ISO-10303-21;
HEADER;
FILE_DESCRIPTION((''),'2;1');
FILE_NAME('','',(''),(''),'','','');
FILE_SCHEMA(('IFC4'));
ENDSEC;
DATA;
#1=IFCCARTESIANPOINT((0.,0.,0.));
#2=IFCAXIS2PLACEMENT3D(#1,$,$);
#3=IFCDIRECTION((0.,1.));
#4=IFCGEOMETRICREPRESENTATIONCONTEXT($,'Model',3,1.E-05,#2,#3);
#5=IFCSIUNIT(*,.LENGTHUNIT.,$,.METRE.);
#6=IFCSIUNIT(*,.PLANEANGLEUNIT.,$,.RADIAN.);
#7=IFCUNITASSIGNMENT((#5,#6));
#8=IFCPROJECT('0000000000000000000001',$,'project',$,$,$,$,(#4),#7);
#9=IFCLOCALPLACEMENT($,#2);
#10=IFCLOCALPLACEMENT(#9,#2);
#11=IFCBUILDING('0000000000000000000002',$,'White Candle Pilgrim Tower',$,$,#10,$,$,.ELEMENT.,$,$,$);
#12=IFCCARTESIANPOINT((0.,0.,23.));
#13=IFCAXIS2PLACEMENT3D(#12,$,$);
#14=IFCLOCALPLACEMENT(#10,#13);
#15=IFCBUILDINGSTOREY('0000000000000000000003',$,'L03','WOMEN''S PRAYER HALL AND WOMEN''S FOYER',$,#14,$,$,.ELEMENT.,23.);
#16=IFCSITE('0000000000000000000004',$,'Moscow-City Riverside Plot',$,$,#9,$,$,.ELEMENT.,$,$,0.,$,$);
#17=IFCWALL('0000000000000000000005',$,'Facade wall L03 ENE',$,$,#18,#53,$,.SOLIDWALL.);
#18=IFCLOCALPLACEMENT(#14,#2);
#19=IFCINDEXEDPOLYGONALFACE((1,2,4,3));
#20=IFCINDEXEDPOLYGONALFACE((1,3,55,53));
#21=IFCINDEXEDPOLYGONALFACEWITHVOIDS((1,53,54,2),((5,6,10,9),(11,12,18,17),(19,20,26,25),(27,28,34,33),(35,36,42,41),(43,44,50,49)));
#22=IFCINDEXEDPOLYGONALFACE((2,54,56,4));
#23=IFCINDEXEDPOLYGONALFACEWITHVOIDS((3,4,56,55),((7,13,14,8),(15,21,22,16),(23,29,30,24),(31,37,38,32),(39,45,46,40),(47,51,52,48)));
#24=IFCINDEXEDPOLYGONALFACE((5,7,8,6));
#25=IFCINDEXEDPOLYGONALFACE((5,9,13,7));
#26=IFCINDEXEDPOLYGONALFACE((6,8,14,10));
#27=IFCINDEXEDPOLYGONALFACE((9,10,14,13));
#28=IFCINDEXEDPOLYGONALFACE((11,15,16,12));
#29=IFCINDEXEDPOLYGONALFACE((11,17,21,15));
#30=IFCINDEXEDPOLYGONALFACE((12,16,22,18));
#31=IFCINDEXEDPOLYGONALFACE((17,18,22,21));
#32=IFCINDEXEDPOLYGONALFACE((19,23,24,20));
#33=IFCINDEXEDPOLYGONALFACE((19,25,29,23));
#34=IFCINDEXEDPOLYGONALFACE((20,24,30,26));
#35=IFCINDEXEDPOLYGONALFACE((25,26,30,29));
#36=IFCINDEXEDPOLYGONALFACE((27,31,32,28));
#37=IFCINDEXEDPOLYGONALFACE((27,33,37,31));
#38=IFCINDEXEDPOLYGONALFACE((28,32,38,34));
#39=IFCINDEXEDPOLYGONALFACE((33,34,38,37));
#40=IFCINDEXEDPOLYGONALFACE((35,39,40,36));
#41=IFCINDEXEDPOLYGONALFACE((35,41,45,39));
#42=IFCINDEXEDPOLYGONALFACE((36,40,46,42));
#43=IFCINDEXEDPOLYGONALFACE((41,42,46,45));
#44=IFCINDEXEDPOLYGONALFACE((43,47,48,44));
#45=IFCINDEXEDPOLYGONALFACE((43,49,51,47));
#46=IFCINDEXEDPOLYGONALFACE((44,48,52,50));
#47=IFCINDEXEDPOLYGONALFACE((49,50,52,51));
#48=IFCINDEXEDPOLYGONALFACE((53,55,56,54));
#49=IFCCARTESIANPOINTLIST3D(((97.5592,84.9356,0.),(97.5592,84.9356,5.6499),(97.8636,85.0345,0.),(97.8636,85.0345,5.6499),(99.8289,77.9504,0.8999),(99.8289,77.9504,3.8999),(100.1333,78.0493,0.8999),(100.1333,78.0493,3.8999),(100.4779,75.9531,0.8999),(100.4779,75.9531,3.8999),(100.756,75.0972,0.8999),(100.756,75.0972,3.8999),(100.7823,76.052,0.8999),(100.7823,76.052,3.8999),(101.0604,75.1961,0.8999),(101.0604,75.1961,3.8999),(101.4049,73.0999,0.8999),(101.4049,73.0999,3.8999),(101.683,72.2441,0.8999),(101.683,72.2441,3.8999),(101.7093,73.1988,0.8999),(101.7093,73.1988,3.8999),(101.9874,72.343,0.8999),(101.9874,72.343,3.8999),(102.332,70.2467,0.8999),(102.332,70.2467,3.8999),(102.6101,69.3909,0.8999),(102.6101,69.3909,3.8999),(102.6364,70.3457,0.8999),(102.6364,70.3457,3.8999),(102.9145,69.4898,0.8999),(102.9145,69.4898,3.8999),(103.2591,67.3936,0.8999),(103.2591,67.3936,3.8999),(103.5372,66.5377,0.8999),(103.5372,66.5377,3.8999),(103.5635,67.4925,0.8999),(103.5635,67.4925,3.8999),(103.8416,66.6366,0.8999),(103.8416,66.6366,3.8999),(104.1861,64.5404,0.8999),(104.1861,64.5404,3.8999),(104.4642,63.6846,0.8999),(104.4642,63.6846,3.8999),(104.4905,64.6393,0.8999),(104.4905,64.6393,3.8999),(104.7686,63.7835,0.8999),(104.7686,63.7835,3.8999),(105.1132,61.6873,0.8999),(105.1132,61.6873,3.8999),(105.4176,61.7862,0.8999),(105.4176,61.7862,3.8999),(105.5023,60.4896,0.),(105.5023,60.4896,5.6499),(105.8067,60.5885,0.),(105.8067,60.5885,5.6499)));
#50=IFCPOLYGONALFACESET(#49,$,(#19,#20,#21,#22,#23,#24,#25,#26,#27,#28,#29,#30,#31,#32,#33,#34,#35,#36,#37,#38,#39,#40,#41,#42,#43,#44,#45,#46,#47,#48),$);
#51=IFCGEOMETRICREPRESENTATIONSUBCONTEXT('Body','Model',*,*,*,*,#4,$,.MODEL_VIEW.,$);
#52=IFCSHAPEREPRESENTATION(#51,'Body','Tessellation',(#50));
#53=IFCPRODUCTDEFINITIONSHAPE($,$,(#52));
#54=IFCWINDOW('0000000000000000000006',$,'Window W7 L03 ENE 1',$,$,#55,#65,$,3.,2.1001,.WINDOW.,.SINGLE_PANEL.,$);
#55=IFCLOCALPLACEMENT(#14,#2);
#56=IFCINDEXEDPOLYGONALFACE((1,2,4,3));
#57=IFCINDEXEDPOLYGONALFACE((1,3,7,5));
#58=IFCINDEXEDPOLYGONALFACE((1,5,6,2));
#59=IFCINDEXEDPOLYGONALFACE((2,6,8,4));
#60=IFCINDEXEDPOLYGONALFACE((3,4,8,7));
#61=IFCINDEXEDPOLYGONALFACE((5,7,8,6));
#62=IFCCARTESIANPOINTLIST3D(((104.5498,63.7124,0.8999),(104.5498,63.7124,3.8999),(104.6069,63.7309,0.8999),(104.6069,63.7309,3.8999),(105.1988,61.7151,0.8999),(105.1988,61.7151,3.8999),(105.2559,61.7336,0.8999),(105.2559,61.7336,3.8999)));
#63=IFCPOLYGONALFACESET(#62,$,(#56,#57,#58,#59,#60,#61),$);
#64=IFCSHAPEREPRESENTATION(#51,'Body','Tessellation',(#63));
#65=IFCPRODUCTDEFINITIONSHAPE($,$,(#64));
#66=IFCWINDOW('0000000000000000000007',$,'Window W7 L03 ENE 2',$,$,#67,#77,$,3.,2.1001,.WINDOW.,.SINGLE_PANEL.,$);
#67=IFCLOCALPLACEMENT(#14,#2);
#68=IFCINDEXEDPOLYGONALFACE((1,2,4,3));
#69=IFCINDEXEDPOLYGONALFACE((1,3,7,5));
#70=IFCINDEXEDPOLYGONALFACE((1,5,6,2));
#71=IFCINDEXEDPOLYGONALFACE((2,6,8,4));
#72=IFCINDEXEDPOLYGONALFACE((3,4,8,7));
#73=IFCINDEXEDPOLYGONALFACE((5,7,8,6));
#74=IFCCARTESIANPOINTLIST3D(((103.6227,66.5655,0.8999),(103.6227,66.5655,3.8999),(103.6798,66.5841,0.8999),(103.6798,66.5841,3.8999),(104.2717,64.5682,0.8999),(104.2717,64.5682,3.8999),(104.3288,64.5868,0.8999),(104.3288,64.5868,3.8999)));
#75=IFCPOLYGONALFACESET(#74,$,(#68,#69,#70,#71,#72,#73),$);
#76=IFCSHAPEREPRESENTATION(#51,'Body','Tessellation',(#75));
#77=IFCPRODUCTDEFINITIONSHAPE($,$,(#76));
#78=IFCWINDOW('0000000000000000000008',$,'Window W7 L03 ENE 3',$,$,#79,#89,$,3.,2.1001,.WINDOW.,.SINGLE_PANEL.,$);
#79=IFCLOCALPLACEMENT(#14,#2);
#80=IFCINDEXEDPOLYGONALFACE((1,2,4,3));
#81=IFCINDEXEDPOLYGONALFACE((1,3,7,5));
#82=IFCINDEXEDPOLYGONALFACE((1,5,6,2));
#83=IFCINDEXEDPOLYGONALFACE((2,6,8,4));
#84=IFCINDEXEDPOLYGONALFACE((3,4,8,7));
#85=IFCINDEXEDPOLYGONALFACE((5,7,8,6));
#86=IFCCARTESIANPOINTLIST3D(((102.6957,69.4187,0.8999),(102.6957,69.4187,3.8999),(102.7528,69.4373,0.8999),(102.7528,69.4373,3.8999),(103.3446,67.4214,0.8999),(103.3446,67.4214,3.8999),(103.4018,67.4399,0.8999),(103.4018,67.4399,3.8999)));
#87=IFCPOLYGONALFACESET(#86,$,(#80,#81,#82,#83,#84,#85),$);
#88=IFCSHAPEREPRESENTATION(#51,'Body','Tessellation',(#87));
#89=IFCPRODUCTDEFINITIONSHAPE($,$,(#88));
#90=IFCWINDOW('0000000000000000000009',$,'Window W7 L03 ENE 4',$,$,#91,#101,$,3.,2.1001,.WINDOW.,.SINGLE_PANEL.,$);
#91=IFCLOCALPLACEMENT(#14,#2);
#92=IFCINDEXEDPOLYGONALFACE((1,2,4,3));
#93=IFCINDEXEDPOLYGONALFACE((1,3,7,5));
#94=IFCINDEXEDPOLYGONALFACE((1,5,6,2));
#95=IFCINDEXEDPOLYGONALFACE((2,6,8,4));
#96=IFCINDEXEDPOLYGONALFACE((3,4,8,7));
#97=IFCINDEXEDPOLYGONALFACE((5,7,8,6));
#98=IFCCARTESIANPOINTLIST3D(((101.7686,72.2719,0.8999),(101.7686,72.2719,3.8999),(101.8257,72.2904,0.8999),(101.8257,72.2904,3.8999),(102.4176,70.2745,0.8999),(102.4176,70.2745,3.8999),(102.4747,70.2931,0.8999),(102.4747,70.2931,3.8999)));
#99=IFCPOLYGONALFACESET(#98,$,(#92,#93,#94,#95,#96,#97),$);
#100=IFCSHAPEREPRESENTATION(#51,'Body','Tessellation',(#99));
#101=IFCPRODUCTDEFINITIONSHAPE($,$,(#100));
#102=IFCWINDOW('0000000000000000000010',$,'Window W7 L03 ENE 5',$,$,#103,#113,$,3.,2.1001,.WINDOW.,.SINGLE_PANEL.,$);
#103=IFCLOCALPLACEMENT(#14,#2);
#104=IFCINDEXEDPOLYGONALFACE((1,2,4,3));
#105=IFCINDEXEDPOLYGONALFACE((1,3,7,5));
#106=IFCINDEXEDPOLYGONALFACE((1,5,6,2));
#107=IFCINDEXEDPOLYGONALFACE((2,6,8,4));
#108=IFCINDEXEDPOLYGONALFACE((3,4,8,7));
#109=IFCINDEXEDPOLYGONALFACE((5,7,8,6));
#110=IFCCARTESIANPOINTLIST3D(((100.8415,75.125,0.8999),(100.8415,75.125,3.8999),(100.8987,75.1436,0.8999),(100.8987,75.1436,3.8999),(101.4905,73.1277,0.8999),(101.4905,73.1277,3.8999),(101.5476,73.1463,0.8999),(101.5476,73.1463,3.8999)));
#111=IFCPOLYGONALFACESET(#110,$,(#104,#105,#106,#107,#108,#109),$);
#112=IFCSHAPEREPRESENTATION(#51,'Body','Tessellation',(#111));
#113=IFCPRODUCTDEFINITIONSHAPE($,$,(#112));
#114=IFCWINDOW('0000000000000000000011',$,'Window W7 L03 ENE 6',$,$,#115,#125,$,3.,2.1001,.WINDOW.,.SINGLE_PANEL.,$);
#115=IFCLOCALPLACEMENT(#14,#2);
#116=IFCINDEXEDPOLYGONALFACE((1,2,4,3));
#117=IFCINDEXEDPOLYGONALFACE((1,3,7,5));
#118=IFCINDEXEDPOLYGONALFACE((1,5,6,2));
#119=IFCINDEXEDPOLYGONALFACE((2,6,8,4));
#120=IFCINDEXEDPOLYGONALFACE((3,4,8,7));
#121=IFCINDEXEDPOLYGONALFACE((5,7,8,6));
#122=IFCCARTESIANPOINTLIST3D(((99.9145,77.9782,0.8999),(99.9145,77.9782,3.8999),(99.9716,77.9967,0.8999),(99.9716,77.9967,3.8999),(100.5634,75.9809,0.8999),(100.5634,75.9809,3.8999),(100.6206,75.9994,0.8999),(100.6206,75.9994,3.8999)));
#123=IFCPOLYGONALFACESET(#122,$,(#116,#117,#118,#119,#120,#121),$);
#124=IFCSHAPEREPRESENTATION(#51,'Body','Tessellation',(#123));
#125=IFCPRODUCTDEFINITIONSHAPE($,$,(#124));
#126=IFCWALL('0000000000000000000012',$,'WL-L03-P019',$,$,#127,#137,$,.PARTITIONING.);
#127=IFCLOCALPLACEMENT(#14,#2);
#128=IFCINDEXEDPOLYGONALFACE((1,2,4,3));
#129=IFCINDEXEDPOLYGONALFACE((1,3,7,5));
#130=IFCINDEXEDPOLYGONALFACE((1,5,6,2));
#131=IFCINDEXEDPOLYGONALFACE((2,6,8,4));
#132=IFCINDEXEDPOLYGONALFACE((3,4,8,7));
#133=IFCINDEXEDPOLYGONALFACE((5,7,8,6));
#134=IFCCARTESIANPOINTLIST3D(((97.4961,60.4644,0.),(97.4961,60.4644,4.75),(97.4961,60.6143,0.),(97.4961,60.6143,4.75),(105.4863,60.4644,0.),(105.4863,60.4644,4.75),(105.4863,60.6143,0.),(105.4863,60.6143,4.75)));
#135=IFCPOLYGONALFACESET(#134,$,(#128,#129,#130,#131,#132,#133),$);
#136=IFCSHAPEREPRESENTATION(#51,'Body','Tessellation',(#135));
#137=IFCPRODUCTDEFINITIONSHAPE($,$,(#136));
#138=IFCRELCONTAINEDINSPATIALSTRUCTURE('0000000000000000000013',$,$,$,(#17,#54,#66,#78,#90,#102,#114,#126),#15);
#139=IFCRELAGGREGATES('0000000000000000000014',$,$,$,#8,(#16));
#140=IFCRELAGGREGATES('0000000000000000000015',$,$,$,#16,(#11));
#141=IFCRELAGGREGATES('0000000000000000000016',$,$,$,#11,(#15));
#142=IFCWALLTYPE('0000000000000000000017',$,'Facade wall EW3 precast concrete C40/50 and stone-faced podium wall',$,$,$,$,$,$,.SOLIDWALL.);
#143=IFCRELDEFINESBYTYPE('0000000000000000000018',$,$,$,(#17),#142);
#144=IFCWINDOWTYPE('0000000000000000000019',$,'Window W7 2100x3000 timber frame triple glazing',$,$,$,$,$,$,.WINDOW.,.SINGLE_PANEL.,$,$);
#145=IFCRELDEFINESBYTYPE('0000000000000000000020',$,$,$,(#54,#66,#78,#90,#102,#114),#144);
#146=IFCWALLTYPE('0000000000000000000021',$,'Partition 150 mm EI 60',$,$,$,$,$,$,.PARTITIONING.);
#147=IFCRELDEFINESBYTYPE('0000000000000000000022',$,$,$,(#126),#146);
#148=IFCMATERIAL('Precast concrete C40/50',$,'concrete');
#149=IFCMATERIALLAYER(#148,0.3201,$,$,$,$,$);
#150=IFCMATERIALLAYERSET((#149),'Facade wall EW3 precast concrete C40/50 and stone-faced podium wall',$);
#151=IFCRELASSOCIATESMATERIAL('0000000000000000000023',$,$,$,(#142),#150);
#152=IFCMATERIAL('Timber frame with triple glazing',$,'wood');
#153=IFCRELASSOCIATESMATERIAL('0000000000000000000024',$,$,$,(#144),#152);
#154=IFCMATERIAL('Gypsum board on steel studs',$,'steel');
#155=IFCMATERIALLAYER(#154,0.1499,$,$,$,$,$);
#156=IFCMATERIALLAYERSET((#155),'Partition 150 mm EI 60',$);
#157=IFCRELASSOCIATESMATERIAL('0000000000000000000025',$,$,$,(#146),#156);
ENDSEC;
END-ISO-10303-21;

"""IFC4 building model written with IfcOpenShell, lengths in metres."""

from ifc_helpers import new_model, si_unit, direction, frame, frame_2d, origin, place, context, subcontext, project, spatial, rectangle, extrude, material, layer, layer_set, type_object, element, fill, save


model = new_model("IFC4")

# Units and contexts
model_context = context("Model", 3, precision=1e-05, world=origin(), true_north=direction((0.0, 1.0)))
body_context = subcontext(model_context, "Body", "Model", "MODEL_VIEW")
ifc_project = project(units=[si_unit("LENGTHUNIT", "METRE"), si_unit("PLANEANGLEUNIT", "RADIAN")], contexts=[model_context])

# Site, building, storey
site_placement = place(None, origin())
site = spatial("IfcSite", under=ifc_project, at=site_placement, Name="Moscow-City Riverside Plot", CompositionType="ELEMENT", RefElevation=0.0)
building_placement = place(site_placement, origin())
building = spatial("IfcBuilding", under=site, at=building_placement, Name="White Candle Pilgrim Tower", CompositionType="ELEMENT")
storey_placement = place(building_placement, frame((0.0, 0.0, 23.0)))
storey = spatial("IfcBuildingStorey", under=building, at=storey_placement, Name="L03", Description="WOMEN'S PRAYER HALL AND WOMEN'S FOYER", CompositionType="ELEMENT", Elevation=23.0)

# Shared definitions
ifc_material_1 = material(Name="Precast concrete C40/50", Category="concrete")
ifc_layer_1 = layer(ifc_material_1, 0.3201)
ifc_layer_set_1 = layer_set([ifc_layer_1], Name="Facade wall EW3 precast concrete C40/50 and stone-faced podium wall")
wall_type_1 = type_object("IfcWallType", Name="Facade wall EW3 precast concrete C40/50 and stone-faced podium wall", PredefinedType="SOLIDWALL", material=ifc_layer_set_1)

# Wall, openings, windows
wall_1_placement = place(storey_placement, frame((105.6545, 60.5391, 0.0), z_axis=(0.0, 0.0, 1.0), x_axis=(-0.309021, 0.951055, 0.0)))
wall_1 = element("IfcWall", 1, at=wall_1_placement, inside=storey, type_object=wall_type_1, Name="Facade wall L03 ENE", PredefinedType="SOLIDWALL", context=body_context, shape_type="SweptSolid", body=[
    extrude(rectangle(XDim=25.7041, YDim=0.3201, at=frame_2d((12.8521, 0.0))), origin(), (0.0, 0.0, 1.0), 5.6499),
])
opening_1_placement = place(wall_1_placement, frame((1.2593, 0.0, 0.8999)))
opening_1 = element("IfcOpeningElement", 2, at=opening_1_placement, cuts=wall_1, PredefinedType="OPENING", context=body_context, shape_type="SweptSolid", body=[
    extrude(rectangle(XDim=2.1001, YDim=3.0, at=frame_2d((1.05, 1.5))), frame((0.0, 0.1699, 0.0), z_axis=(0.0, -1.0, 0.0), x_axis=(1.0, 0.0, 0.0)), (0.0, 0.0, 1.0), 0.3401),
])
opening_2_placement = place(wall_1_placement, frame((4.2593, 0.0, 0.8999)))
opening_2 = element("IfcOpeningElement", 3, at=opening_2_placement, cuts=wall_1, PredefinedType="OPENING", context=body_context, shape_type="SweptSolid", body=[
    extrude(rectangle(XDim=2.1001, YDim=3.0, at=frame_2d((1.05, 1.5))), frame((0.0, 0.1699, 0.0), z_axis=(0.0, -1.0, 0.0), x_axis=(1.0, 0.0, 0.0)), (0.0, 0.0, 1.0), 0.3401),
])
opening_3_placement = place(wall_1_placement, frame((7.2593, 0.0, 0.8999)))
opening_3 = element("IfcOpeningElement", 4, at=opening_3_placement, cuts=wall_1, PredefinedType="OPENING", context=body_context, shape_type="SweptSolid", body=[
    extrude(rectangle(XDim=2.1001, YDim=3.0, at=frame_2d((1.05, 1.5))), frame((0.0, 0.1699, 0.0), z_axis=(0.0, -1.0, 0.0), x_axis=(1.0, 0.0, 0.0)), (0.0, 0.0, 1.0), 0.3401),
])
opening_4_placement = place(wall_1_placement, frame((10.2593, 0.0, 0.8999)))
opening_4 = element("IfcOpeningElement", 5, at=opening_4_placement, cuts=wall_1, PredefinedType="OPENING", context=body_context, shape_type="SweptSolid", body=[
    extrude(rectangle(XDim=2.1001, YDim=3.0, at=frame_2d((1.05, 1.5))), frame((0.0, 0.1699, 0.0), z_axis=(0.0, -1.0, 0.0), x_axis=(1.0, 0.0, 0.0)), (0.0, 0.0, 1.0), 0.3401),
])
opening_5_placement = place(wall_1_placement, frame((13.2593, 0.0, 0.8999)))
opening_5 = element("IfcOpeningElement", 6, at=opening_5_placement, cuts=wall_1, PredefinedType="OPENING", context=body_context, shape_type="SweptSolid", body=[
    extrude(rectangle(XDim=2.1001, YDim=3.0, at=frame_2d((1.05, 1.5))), frame((0.0, 0.1699, 0.0), z_axis=(0.0, -1.0, 0.0), x_axis=(1.0, 0.0, 0.0)), (0.0, 0.0, 1.0), 0.3401),
])
opening_6_placement = place(wall_1_placement, frame((16.2593, 0.0, 0.8999)))
opening_6 = element("IfcOpeningElement", 7, at=opening_6_placement, cuts=wall_1, PredefinedType="OPENING", context=body_context, shape_type="SweptSolid", body=[
    extrude(rectangle(XDim=2.1001, YDim=3.0, at=frame_2d((1.05, 1.5))), frame((0.0, 0.1699, 0.0), z_axis=(0.0, -1.0, 0.0), x_axis=(1.0, 0.0, 0.0)), (0.0, 0.0, 1.0), 0.3401),
])
ifc_material_2 = material(Name="Timber frame with triple glazing", Category="wood")
window_type = type_object("IfcWindowType", Name="Window W7 2100x3000 timber frame triple glazing", PartitioningType="SINGLE_PANEL", PredefinedType="WINDOW", material=ifc_material_2)
window_1_placement = place(opening_1_placement, origin())
window_1 = element("IfcWindow", 8, at=window_1_placement, inside=storey, type_object=window_type, Name="Window W7 L03 ENE 1", OverallHeight=3.0, OverallWidth=2.1001, PartitioningType="SINGLE_PANEL", PredefinedType="WINDOW", context=body_context, shape_type="SweptSolid", body=[
    extrude(rectangle(XDim=2.1001, YDim=3.0, at=frame_2d((1.05, 1.5))), frame((0.0, 0.0701, 0.0), z_axis=(0.0, -1.0, 0.0), x_axis=(1.0, 0.0, 0.0)), (0.0, 0.0, 1.0), 0.0601),
])
fill(opening_1, window_1)
window_2_placement = place(opening_2_placement, origin())
window_2 = element("IfcWindow", 9, at=window_2_placement, inside=storey, type_object=window_type, Name="Window W7 L03 ENE 2", OverallHeight=3.0, OverallWidth=2.1001, PartitioningType="SINGLE_PANEL", PredefinedType="WINDOW", context=body_context, shape_type="SweptSolid", body=[
    extrude(rectangle(XDim=2.1001, YDim=3.0, at=frame_2d((1.05, 1.5))), frame((0.0, 0.0701, 0.0), z_axis=(0.0, -1.0, 0.0), x_axis=(1.0, 0.0, 0.0)), (0.0, 0.0, 1.0), 0.0601),
])
fill(opening_2, window_2)
window_3_placement = place(opening_3_placement, origin())
window_3 = element("IfcWindow", 10, at=window_3_placement, inside=storey, type_object=window_type, Name="Window W7 L03 ENE 3", OverallHeight=3.0, OverallWidth=2.1001, PartitioningType="SINGLE_PANEL", PredefinedType="WINDOW", context=body_context, shape_type="SweptSolid", body=[
    extrude(rectangle(XDim=2.1001, YDim=3.0, at=frame_2d((1.05, 1.5))), frame((0.0, 0.0701, 0.0), z_axis=(0.0, -1.0, 0.0), x_axis=(1.0, 0.0, 0.0)), (0.0, 0.0, 1.0), 0.0601),
])
fill(opening_3, window_3)
window_4_placement = place(opening_4_placement, origin())
window_4 = element("IfcWindow", 11, at=window_4_placement, inside=storey, type_object=window_type, Name="Window W7 L03 ENE 4", OverallHeight=3.0, OverallWidth=2.1001, PartitioningType="SINGLE_PANEL", PredefinedType="WINDOW", context=body_context, shape_type="SweptSolid", body=[
    extrude(rectangle(XDim=2.1001, YDim=3.0, at=frame_2d((1.05, 1.5))), frame((0.0, 0.0701, 0.0), z_axis=(0.0, -1.0, 0.0), x_axis=(1.0, 0.0, 0.0)), (0.0, 0.0, 1.0), 0.0601),
])
fill(opening_4, window_4)
window_5_placement = place(opening_5_placement, origin())
window_5 = element("IfcWindow", 12, at=window_5_placement, inside=storey, type_object=window_type, Name="Window W7 L03 ENE 5", OverallHeight=3.0, OverallWidth=2.1001, PartitioningType="SINGLE_PANEL", PredefinedType="WINDOW", context=body_context, shape_type="SweptSolid", body=[
    extrude(rectangle(XDim=2.1001, YDim=3.0, at=frame_2d((1.05, 1.5))), frame((0.0, 0.0701, 0.0), z_axis=(0.0, -1.0, 0.0), x_axis=(1.0, 0.0, 0.0)), (0.0, 0.0, 1.0), 0.0601),
])
fill(opening_5, window_5)
window_6_placement = place(opening_6_placement, origin())
window_6 = element("IfcWindow", 13, at=window_6_placement, inside=storey, type_object=window_type, Name="Window W7 L03 ENE 6", OverallHeight=3.0, OverallWidth=2.1001, PartitioningType="SINGLE_PANEL", PredefinedType="WINDOW", context=body_context, shape_type="SweptSolid", body=[
    extrude(rectangle(XDim=2.1001, YDim=3.0, at=frame_2d((1.05, 1.5))), frame((0.0, 0.0701, 0.0), z_axis=(0.0, -1.0, 0.0), x_axis=(1.0, 0.0, 0.0)), (0.0, 0.0, 1.0), 0.0601),
])
fill(opening_6, window_6)

# Wall
ifc_material_3 = material(Name="Gypsum board on steel studs", Category="steel")
ifc_layer_2 = layer(ifc_material_3, 0.1499)
ifc_layer_set_2 = layer_set([ifc_layer_2], Name="Partition 150 mm EI 60")
wall_type_2 = type_object("IfcWallType", Name="Partition 150 mm EI 60", PredefinedType="PARTITIONING", material=ifc_layer_set_2)
wall_2_placement = place(storey_placement, frame((105.4863, 60.5393, 0.0), z_axis=(0.0, 0.0, 1.0), x_axis=(-1.0, 0.0, 0.0)))
element("IfcWall", 14, at=wall_2_placement, inside=storey, type_object=wall_type_2, Name="WL-L03-P019", PredefinedType="PARTITIONING", context=body_context, shape_type="SweptSolid", body=[
    extrude(rectangle(XDim=7.9902, YDim=0.1499, at=frame_2d((3.9951, 0.0))), origin(), (0.0, 0.0, 1.0), 4.75),
])

save(model, "model.ifc")
